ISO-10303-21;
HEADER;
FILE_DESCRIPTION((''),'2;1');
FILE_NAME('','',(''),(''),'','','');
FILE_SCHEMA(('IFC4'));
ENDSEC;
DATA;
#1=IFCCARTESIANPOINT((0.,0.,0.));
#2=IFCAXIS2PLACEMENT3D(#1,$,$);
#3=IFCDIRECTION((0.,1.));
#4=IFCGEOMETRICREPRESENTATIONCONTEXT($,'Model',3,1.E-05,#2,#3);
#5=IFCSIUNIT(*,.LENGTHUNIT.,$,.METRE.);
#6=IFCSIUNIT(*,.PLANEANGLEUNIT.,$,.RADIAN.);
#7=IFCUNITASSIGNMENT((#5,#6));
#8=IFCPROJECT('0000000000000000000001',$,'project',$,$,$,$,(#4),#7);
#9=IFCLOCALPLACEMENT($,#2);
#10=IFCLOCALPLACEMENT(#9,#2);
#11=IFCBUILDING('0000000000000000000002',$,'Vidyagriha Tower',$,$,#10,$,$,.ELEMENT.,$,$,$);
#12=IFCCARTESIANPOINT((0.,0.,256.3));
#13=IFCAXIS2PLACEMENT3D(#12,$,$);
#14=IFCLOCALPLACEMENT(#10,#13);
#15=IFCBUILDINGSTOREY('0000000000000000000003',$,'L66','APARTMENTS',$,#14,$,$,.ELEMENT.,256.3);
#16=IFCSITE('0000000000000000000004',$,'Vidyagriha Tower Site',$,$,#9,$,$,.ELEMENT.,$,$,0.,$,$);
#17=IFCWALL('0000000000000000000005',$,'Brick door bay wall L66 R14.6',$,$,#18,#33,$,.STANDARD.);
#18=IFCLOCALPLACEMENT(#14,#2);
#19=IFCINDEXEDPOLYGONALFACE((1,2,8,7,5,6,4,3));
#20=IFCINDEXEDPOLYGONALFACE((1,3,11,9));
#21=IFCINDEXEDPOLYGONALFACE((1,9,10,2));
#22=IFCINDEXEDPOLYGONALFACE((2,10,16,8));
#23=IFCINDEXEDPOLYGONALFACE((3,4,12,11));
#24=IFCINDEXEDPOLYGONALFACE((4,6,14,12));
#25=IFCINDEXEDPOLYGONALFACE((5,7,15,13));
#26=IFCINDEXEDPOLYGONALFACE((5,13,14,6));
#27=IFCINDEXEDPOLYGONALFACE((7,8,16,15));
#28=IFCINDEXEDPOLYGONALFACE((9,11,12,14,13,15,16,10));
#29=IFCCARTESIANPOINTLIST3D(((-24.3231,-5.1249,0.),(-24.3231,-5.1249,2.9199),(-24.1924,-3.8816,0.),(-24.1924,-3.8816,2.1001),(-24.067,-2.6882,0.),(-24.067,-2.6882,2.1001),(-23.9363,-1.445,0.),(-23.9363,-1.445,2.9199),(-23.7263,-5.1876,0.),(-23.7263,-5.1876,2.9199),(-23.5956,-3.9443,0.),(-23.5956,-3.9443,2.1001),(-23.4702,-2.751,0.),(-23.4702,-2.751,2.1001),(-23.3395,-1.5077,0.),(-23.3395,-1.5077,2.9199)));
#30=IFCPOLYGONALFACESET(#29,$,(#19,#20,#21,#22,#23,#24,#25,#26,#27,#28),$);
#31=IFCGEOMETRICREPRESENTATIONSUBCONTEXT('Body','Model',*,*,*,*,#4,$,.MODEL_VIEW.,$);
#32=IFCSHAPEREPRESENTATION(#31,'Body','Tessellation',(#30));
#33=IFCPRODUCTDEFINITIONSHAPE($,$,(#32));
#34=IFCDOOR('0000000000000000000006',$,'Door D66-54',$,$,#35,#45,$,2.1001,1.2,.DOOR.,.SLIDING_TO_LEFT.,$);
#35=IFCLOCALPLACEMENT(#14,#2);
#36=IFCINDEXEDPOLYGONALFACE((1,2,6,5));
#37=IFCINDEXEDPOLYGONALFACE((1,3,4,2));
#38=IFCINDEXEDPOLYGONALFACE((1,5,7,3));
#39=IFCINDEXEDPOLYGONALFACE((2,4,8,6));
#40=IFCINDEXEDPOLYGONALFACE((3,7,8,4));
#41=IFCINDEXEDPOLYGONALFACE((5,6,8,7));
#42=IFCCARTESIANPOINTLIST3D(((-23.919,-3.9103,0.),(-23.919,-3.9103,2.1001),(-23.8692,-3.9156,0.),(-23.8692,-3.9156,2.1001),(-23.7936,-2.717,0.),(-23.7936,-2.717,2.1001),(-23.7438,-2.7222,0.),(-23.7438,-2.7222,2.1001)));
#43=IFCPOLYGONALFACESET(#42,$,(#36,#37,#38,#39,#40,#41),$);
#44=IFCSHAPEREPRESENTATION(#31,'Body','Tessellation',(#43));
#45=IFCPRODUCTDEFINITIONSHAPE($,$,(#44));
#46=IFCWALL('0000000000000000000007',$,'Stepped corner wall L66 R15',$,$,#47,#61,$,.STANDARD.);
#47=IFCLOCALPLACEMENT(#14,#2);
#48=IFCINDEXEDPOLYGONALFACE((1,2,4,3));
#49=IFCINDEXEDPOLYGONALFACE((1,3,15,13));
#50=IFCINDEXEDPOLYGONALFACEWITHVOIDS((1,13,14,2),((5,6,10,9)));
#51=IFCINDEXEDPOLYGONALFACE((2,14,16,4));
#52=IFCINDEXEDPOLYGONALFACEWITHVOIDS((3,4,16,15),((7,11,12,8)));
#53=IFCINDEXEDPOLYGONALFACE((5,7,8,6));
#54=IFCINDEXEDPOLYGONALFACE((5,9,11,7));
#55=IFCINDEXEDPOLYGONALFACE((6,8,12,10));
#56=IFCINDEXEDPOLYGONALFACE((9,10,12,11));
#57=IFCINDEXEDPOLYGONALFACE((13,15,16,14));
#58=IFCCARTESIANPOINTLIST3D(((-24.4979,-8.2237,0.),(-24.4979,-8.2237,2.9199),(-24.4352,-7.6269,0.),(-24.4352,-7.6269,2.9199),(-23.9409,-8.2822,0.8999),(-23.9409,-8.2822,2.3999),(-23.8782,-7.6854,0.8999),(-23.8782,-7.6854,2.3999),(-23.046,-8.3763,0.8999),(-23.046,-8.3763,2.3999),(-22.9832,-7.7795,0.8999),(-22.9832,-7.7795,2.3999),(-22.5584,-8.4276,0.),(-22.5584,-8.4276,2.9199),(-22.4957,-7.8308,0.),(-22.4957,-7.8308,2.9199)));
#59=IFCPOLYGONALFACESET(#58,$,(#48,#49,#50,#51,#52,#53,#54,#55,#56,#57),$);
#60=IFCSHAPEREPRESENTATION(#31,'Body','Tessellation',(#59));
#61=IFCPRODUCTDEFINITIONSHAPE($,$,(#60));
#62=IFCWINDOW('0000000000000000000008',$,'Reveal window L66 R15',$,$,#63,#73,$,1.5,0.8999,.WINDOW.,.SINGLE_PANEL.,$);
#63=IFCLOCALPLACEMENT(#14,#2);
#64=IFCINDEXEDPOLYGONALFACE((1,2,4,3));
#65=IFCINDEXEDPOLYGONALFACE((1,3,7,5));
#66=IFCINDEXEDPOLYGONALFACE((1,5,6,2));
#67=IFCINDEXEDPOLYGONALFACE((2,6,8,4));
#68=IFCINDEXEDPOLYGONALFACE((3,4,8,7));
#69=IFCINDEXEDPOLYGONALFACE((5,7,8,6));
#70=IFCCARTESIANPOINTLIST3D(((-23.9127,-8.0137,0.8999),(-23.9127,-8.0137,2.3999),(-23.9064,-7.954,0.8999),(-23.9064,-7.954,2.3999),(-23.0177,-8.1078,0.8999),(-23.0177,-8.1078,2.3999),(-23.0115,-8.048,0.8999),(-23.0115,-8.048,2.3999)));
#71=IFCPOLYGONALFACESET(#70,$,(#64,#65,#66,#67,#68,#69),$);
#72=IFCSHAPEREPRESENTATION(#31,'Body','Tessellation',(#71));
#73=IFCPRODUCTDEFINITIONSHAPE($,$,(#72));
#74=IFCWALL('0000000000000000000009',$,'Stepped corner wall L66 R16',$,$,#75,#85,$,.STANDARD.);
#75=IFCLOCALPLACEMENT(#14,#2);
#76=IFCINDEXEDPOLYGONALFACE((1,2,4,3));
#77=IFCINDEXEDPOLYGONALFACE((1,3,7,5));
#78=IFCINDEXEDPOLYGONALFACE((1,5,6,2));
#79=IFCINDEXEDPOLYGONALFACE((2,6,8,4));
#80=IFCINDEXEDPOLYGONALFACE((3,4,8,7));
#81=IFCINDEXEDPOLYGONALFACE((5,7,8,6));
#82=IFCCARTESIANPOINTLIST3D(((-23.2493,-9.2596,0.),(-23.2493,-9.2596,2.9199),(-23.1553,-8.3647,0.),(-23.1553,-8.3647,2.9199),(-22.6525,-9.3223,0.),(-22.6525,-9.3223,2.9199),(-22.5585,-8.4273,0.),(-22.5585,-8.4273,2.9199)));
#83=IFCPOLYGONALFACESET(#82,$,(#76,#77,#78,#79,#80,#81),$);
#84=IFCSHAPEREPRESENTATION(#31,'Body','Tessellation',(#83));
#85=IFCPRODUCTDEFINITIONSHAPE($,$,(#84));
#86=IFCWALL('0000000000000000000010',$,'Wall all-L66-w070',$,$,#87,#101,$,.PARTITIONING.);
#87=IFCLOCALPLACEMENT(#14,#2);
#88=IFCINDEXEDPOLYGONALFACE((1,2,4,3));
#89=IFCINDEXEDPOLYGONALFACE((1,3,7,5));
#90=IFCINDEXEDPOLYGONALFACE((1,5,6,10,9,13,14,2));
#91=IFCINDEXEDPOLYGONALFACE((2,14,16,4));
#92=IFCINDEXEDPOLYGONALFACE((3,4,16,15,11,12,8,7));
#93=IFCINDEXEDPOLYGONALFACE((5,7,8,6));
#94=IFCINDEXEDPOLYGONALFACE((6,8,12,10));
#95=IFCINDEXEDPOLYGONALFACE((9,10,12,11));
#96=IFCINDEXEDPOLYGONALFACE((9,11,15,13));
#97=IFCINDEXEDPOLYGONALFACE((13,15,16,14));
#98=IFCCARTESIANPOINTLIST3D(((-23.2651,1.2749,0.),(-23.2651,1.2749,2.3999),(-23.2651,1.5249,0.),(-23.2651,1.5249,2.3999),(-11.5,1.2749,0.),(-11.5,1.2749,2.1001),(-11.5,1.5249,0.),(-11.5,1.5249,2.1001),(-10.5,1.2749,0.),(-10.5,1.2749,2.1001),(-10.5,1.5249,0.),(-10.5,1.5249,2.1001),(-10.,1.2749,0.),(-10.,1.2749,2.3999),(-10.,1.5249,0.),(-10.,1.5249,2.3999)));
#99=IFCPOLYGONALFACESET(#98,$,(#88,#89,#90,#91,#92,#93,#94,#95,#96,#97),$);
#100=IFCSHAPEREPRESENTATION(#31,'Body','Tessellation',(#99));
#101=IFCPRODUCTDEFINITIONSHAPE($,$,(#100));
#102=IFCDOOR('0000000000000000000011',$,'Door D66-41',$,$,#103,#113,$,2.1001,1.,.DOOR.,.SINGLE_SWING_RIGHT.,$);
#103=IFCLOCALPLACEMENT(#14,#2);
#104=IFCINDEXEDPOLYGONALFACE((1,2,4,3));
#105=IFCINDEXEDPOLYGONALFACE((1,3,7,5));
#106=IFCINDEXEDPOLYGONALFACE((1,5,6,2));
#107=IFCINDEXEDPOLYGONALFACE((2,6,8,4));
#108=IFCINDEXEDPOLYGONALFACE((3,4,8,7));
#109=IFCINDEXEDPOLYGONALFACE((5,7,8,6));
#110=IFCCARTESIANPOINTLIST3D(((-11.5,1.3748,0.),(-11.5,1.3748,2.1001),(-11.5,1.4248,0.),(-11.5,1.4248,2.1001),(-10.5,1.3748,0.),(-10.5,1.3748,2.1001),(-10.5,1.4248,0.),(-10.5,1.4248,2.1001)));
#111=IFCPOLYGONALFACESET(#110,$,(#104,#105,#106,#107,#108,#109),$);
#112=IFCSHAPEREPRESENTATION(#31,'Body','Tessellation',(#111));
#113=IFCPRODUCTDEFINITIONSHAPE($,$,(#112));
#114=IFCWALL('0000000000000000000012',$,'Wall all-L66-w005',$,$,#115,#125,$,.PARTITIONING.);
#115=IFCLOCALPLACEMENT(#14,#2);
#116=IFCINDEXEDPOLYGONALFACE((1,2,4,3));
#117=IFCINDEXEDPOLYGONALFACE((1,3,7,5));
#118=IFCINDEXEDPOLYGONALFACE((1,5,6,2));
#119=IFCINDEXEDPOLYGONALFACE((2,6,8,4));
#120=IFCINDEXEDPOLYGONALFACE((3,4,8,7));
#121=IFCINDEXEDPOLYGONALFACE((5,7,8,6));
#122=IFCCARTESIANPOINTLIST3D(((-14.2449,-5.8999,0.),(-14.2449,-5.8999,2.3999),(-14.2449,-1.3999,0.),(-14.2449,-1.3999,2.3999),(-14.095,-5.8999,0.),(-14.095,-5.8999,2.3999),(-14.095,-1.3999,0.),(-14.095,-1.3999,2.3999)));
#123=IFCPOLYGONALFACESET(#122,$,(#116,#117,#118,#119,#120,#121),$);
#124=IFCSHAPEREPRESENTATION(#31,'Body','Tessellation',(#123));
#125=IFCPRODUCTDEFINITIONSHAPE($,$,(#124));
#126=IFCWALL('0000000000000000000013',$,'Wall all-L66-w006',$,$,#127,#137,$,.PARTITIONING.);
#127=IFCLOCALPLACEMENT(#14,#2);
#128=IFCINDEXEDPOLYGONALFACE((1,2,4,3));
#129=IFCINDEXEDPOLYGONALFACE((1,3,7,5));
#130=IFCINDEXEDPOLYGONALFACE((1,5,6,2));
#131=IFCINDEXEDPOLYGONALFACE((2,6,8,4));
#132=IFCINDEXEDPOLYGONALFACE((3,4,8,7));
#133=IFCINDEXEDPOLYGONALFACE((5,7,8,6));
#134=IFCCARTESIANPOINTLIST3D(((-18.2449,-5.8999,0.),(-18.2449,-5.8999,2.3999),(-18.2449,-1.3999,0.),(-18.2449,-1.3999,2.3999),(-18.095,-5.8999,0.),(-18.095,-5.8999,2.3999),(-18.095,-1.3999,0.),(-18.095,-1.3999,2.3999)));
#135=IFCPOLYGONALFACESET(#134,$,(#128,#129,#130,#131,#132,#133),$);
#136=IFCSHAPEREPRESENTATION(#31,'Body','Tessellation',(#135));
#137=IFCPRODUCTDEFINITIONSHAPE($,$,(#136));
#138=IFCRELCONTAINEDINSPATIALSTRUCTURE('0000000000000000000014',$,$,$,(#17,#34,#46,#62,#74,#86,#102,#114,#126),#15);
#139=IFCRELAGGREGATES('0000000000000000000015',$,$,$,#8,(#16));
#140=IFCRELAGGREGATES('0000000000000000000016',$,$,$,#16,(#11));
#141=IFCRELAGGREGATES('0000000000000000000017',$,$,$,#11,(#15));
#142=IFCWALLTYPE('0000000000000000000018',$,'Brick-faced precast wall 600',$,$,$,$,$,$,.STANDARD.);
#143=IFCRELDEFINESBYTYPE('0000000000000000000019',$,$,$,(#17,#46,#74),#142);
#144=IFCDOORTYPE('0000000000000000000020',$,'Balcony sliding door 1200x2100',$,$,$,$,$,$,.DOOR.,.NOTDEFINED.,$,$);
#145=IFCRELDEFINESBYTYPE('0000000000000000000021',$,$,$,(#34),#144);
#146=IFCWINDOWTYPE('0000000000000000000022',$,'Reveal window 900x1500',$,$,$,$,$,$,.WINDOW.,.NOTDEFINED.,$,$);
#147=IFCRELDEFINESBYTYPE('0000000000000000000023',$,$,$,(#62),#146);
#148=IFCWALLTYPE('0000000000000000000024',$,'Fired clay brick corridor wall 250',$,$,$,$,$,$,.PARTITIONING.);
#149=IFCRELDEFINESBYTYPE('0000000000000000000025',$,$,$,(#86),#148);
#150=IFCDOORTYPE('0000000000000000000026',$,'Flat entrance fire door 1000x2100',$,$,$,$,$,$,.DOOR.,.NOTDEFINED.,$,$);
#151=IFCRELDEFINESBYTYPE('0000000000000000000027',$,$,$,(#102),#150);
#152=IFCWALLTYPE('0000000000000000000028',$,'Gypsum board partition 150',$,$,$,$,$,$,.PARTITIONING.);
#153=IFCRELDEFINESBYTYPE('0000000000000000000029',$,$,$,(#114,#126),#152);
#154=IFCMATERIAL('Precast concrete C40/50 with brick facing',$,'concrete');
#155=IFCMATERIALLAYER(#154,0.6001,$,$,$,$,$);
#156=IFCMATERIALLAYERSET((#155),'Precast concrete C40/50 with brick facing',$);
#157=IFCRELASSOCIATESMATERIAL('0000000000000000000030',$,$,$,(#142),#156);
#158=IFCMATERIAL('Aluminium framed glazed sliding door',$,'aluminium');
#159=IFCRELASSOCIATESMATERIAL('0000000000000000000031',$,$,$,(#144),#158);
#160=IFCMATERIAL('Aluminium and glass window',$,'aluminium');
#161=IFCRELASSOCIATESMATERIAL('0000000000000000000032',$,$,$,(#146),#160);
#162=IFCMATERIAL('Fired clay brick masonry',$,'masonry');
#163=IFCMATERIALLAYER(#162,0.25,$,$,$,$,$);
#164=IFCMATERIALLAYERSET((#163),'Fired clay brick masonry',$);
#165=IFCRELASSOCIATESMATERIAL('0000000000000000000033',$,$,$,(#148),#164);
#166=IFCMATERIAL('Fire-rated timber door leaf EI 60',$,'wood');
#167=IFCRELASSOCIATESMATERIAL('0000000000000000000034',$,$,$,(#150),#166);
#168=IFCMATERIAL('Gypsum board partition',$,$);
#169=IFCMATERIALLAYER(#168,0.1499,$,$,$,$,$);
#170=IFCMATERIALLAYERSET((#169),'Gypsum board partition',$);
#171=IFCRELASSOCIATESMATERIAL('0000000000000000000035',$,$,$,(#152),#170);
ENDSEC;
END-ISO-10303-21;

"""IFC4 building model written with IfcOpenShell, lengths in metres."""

from ifc_helpers import new_model, si_unit, direction, frame, frame_2d, origin, place, context, subcontext, project, spatial, rectangle, extrude, material, layer, layer_set, type_object, element, fill, save


model = new_model("IFC4")

# Units and contexts
model_context = context("Model", 3, precision=1e-05, world=origin(), true_north=direction((0.0, 1.0)))
body_context = subcontext(model_context, "Body", "Model", "MODEL_VIEW")
ifc_project = project(units=[si_unit("LENGTHUNIT", "METRE"), si_unit("PLANEANGLEUNIT", "RADIAN")], contexts=[model_context])

# Site, building, storey
site_placement = place(None, origin())
site = spatial("IfcSite", under=ifc_project, at=site_placement, Name="Vidyagriha Tower Site", CompositionType="ELEMENT", RefElevation=0.0)
building_placement = place(site_placement, origin())
building = spatial("IfcBuilding", under=site, at=building_placement, Name="Vidyagriha Tower", CompositionType="ELEMENT")
storey_placement = place(building_placement, frame((0.0, 0.0, 256.3)))
storey = spatial("IfcBuildingStorey", under=building, at=storey_placement, Name="L66", Description="APARTMENTS", CompositionType="ELEMENT", Elevation=256.3)

# Wall, opening, door
ifc_material_1 = material(Name="Precast concrete C40/50 with brick facing", Category="concrete")
ifc_layer_1 = layer(ifc_material_1, 0.6001)
ifc_layer_set_1 = layer_set([ifc_layer_1], Name="Precast concrete C40/50 with brick facing")
wall_type_1 = type_object("IfcWallType", Name="Brick-faced precast wall 600", PredefinedType="STANDARD", material=ifc_layer_set_1)
wall_1_placement = place(storey_placement, frame((-23.6379, -1.4763, 0.0), z_axis=(0.0, 0.0, 1.0), x_axis=(-0.104513, -0.994524, 0.0)))
wall_1 = element("IfcWall", 1, at=wall_1_placement, inside=storey, type_object=wall_type_1, Name="Brick door bay wall L66 R14.6", PredefinedType="STANDARD", context=body_context, shape_type="SweptSolid", body=[
    extrude(rectangle(XDim=3.7002, YDim=0.6001, at=frame_2d((1.8501, 0.0))), origin(), (0.0, 0.0, 1.0), 2.9199),
])
opening_1_placement = place(wall_1_placement, frame((1.25, 0.0, 0.0)))
opening_1 = element("IfcOpeningElement", 2, at=opening_1_placement, cuts=wall_1, PredefinedType="OPENING", context=body_context, shape_type="SweptSolid", body=[
    extrude(rectangle(XDim=1.2, YDim=2.1001, at=frame_2d((0.6001, 1.05))), frame((0.0, 0.3101, 0.0), z_axis=(0.0, -1.0, 0.0), x_axis=(1.0, 0.0, 0.0)), (0.0, 0.0, 1.0), 0.6201),
])
ifc_material_2 = material(Name="Aluminium framed glazed sliding door", Category="aluminium")
door_type_1 = type_object("IfcDoorType", Name="Balcony sliding door 1200x2100", OperationType="NOTDEFINED", PredefinedType="DOOR", material=ifc_material_2)
door_1_placement = place(opening_1_placement, origin())
door_1 = element("IfcDoor", 3, at=door_1_placement, inside=storey, type_object=door_type_1, Name="Door D66-54", OperationType="SLIDING_TO_LEFT", OverallHeight=2.1001, OverallWidth=1.2, PredefinedType="DOOR", context=body_context, shape_type="SweptSolid", body=[
    extrude(rectangle(XDim=1.2, YDim=2.1001, at=frame_2d((0.6001, 1.05))), frame((0.0, 0.0249, 0.0), z_axis=(0.0, -1.0, 0.0), x_axis=(1.0, 0.0, 0.0)), (0.0, 0.0, 1.0), 0.05),
])
fill(opening_1, door_1)

# Wall, opening, window
wall_2_placement = place(storey_placement, frame((-24.4666, -7.9253, 0.0), z_axis=(0.0, 0.0, 1.0), x_axis=(0.994521, -0.104535, 0.0)))
wall_2 = element("IfcWall", 4, at=wall_2_placement, inside=storey, type_object=wall_type_1, Name="Stepped corner wall L66 R15", PredefinedType="STANDARD", context=body_context, shape_type="SweptSolid", body=[
    extrude(rectangle(XDim=1.9502, YDim=0.6001, at=frame_2d((0.9751, 0.0))), origin(), (0.0, 0.0, 1.0), 2.9199),
])
opening_2_placement = place(wall_2_placement, frame((0.5601, 0.0, 0.8999)))
opening_2 = element("IfcOpeningElement", 5, at=opening_2_placement, cuts=wall_2, PredefinedType="OPENING", context=body_context, shape_type="SweptSolid", body=[
    extrude(rectangle(XDim=0.8999, YDim=1.5, at=frame_2d((0.45, 0.75))), frame((0.0, 0.3101, 0.0), z_axis=(0.0, -1.0, 0.0), x_axis=(1.0, 0.0, 0.0)), (0.0, 0.0, 1.0), 0.6201),
])
ifc_material_3 = material(Name="Aluminium and glass window", Category="aluminium")
window_type = type_object("IfcWindowType", Name="Reveal window 900x1500", PartitioningType="NOTDEFINED", PredefinedType="WINDOW", material=ifc_material_3)
window_placement = place(opening_2_placement, origin())
window = element("IfcWindow", 6, at=window_placement, inside=storey, type_object=window_type, Name="Reveal window L66 R15", OverallHeight=1.5, OverallWidth=0.8999, PartitioningType="SINGLE_PANEL", PredefinedType="WINDOW", context=body_context, shape_type="SweptSolid", body=[
    extrude(rectangle(XDim=0.8999, YDim=1.5, at=frame_2d((0.45, 0.75))), frame((0.0, 0.03, 0.0), z_axis=(0.0, -1.0, 0.0), x_axis=(1.0, 0.0, 0.0)), (0.0, 0.0, 1.0), 0.0601),
])
fill(opening_2, window)

# Wall
wall_3_placement = place(storey_placement, frame((-22.8569, -8.396, 0.0), z_axis=(0.0, 0.0, 1.0), x_axis=(-0.104445, -0.994531, 0.0)))
element("IfcWall", 7, at=wall_3_placement, inside=storey, type_object=wall_type_1, Name="Stepped corner wall L66 R16", PredefinedType="STANDARD", context=body_context, shape_type="SweptSolid", body=[
    extrude(rectangle(XDim=0.8999, YDim=0.6001, at=frame_2d((0.45, 0.0))), origin(), (0.0, 0.0, 1.0), 2.9199),
])

# Wall, opening, door
ifc_material_4 = material(Name="Fired clay brick masonry", Category="masonry")
ifc_layer_2 = layer(ifc_material_4, 0.25)
ifc_layer_set_2 = layer_set([ifc_layer_2], Name="Fired clay brick masonry")
wall_type_2 = type_object("IfcWallType", Name="Fired clay brick corridor wall 250", PredefinedType="PARTITIONING", material=ifc_layer_set_2)
wall_4_placement = place(storey_placement, frame((-23.2651, 1.3999, 0.0)))
wall_4 = element("IfcWall", 8, at=wall_4_placement, inside=storey, type_object=wall_type_2, Name="Wall all-L66-w070", PredefinedType="PARTITIONING", context=body_context, shape_type="SweptSolid", body=[
    extrude(rectangle(XDim=13.2651, YDim=0.25, at=frame_2d((6.6326, 0.0))), origin(), (0.0, 0.0, 1.0), 2.3999),
])
opening_3_placement = place(wall_4_placement, frame((11.7651, 0.0, 0.0)))
opening_3 = element("IfcOpeningElement", 9, at=opening_3_placement, cuts=wall_4, PredefinedType="OPENING", context=body_context, shape_type="SweptSolid", body=[
    extrude(rectangle(XDim=1.0, YDim=2.1001, at=frame_2d((0.5, 1.05))), frame((0.0, 0.135, 0.0), z_axis=(0.0, -1.0, 0.0), x_axis=(1.0, 0.0, 0.0)), (0.0, 0.0, 1.0), 0.27),
])
ifc_material_5 = material(Name="Fire-rated timber door leaf EI 60", Category="wood")
door_type_2 = type_object("IfcDoorType", Name="Flat entrance fire door 1000x2100", OperationType="NOTDEFINED", PredefinedType="DOOR", material=ifc_material_5)
door_2_placement = place(opening_3_placement, origin())
door_2 = element("IfcDoor", 10, at=door_2_placement, inside=storey, type_object=door_type_2, Name="Door D66-41", OperationType="SINGLE_SWING_RIGHT", OverallHeight=2.1001, OverallWidth=1.0, PredefinedType="DOOR", context=body_context, shape_type="SweptSolid", body=[
    extrude(rectangle(XDim=1.0, YDim=2.1001, at=frame_2d((0.5, 1.05))), frame((0.0, 0.0249, 0.0), z_axis=(0.0, -1.0, 0.0), x_axis=(1.0, 0.0, 0.0)), (0.0, 0.0, 1.0), 0.05),
])
fill(opening_3, door_2)

# Walls
ifc_material_6 = material(Name="Gypsum board partition")
ifc_layer_3 = layer(ifc_material_6, 0.1499)
ifc_layer_set_3 = layer_set([ifc_layer_3], Name="Gypsum board partition")
wall_type_3 = type_object("IfcWallType", Name="Gypsum board partition 150", PredefinedType="PARTITIONING", material=ifc_layer_set_3)
for number, where, z_axis, x_axis, name in (
    (11, (-14.1699, -5.8999, 0.0), (0.0, 0.0, 1.0), (0.0, 1.0, 0.0), "Wall all-L66-w005"),
    (12, (-18.1699, -5.8999, 0.0), (0.0, 0.0, 1.0), (0.0, 1.0, 0.0), "Wall all-L66-w006"),
):
    element("IfcWall", number, at=place(storey_placement, frame(where, z_axis=z_axis, x_axis=x_axis)), inside=storey, type_object=wall_type_3, Name=name, PredefinedType="PARTITIONING", context=body_context, shape_type="SweptSolid", body=[
        extrude(rectangle(XDim=4.5, YDim=0.1499, at=frame_2d((2.25, 0.0))), origin(), (0.0, 0.0, 1.0), 2.3999),
    ])

save(model, "model.ifc")
